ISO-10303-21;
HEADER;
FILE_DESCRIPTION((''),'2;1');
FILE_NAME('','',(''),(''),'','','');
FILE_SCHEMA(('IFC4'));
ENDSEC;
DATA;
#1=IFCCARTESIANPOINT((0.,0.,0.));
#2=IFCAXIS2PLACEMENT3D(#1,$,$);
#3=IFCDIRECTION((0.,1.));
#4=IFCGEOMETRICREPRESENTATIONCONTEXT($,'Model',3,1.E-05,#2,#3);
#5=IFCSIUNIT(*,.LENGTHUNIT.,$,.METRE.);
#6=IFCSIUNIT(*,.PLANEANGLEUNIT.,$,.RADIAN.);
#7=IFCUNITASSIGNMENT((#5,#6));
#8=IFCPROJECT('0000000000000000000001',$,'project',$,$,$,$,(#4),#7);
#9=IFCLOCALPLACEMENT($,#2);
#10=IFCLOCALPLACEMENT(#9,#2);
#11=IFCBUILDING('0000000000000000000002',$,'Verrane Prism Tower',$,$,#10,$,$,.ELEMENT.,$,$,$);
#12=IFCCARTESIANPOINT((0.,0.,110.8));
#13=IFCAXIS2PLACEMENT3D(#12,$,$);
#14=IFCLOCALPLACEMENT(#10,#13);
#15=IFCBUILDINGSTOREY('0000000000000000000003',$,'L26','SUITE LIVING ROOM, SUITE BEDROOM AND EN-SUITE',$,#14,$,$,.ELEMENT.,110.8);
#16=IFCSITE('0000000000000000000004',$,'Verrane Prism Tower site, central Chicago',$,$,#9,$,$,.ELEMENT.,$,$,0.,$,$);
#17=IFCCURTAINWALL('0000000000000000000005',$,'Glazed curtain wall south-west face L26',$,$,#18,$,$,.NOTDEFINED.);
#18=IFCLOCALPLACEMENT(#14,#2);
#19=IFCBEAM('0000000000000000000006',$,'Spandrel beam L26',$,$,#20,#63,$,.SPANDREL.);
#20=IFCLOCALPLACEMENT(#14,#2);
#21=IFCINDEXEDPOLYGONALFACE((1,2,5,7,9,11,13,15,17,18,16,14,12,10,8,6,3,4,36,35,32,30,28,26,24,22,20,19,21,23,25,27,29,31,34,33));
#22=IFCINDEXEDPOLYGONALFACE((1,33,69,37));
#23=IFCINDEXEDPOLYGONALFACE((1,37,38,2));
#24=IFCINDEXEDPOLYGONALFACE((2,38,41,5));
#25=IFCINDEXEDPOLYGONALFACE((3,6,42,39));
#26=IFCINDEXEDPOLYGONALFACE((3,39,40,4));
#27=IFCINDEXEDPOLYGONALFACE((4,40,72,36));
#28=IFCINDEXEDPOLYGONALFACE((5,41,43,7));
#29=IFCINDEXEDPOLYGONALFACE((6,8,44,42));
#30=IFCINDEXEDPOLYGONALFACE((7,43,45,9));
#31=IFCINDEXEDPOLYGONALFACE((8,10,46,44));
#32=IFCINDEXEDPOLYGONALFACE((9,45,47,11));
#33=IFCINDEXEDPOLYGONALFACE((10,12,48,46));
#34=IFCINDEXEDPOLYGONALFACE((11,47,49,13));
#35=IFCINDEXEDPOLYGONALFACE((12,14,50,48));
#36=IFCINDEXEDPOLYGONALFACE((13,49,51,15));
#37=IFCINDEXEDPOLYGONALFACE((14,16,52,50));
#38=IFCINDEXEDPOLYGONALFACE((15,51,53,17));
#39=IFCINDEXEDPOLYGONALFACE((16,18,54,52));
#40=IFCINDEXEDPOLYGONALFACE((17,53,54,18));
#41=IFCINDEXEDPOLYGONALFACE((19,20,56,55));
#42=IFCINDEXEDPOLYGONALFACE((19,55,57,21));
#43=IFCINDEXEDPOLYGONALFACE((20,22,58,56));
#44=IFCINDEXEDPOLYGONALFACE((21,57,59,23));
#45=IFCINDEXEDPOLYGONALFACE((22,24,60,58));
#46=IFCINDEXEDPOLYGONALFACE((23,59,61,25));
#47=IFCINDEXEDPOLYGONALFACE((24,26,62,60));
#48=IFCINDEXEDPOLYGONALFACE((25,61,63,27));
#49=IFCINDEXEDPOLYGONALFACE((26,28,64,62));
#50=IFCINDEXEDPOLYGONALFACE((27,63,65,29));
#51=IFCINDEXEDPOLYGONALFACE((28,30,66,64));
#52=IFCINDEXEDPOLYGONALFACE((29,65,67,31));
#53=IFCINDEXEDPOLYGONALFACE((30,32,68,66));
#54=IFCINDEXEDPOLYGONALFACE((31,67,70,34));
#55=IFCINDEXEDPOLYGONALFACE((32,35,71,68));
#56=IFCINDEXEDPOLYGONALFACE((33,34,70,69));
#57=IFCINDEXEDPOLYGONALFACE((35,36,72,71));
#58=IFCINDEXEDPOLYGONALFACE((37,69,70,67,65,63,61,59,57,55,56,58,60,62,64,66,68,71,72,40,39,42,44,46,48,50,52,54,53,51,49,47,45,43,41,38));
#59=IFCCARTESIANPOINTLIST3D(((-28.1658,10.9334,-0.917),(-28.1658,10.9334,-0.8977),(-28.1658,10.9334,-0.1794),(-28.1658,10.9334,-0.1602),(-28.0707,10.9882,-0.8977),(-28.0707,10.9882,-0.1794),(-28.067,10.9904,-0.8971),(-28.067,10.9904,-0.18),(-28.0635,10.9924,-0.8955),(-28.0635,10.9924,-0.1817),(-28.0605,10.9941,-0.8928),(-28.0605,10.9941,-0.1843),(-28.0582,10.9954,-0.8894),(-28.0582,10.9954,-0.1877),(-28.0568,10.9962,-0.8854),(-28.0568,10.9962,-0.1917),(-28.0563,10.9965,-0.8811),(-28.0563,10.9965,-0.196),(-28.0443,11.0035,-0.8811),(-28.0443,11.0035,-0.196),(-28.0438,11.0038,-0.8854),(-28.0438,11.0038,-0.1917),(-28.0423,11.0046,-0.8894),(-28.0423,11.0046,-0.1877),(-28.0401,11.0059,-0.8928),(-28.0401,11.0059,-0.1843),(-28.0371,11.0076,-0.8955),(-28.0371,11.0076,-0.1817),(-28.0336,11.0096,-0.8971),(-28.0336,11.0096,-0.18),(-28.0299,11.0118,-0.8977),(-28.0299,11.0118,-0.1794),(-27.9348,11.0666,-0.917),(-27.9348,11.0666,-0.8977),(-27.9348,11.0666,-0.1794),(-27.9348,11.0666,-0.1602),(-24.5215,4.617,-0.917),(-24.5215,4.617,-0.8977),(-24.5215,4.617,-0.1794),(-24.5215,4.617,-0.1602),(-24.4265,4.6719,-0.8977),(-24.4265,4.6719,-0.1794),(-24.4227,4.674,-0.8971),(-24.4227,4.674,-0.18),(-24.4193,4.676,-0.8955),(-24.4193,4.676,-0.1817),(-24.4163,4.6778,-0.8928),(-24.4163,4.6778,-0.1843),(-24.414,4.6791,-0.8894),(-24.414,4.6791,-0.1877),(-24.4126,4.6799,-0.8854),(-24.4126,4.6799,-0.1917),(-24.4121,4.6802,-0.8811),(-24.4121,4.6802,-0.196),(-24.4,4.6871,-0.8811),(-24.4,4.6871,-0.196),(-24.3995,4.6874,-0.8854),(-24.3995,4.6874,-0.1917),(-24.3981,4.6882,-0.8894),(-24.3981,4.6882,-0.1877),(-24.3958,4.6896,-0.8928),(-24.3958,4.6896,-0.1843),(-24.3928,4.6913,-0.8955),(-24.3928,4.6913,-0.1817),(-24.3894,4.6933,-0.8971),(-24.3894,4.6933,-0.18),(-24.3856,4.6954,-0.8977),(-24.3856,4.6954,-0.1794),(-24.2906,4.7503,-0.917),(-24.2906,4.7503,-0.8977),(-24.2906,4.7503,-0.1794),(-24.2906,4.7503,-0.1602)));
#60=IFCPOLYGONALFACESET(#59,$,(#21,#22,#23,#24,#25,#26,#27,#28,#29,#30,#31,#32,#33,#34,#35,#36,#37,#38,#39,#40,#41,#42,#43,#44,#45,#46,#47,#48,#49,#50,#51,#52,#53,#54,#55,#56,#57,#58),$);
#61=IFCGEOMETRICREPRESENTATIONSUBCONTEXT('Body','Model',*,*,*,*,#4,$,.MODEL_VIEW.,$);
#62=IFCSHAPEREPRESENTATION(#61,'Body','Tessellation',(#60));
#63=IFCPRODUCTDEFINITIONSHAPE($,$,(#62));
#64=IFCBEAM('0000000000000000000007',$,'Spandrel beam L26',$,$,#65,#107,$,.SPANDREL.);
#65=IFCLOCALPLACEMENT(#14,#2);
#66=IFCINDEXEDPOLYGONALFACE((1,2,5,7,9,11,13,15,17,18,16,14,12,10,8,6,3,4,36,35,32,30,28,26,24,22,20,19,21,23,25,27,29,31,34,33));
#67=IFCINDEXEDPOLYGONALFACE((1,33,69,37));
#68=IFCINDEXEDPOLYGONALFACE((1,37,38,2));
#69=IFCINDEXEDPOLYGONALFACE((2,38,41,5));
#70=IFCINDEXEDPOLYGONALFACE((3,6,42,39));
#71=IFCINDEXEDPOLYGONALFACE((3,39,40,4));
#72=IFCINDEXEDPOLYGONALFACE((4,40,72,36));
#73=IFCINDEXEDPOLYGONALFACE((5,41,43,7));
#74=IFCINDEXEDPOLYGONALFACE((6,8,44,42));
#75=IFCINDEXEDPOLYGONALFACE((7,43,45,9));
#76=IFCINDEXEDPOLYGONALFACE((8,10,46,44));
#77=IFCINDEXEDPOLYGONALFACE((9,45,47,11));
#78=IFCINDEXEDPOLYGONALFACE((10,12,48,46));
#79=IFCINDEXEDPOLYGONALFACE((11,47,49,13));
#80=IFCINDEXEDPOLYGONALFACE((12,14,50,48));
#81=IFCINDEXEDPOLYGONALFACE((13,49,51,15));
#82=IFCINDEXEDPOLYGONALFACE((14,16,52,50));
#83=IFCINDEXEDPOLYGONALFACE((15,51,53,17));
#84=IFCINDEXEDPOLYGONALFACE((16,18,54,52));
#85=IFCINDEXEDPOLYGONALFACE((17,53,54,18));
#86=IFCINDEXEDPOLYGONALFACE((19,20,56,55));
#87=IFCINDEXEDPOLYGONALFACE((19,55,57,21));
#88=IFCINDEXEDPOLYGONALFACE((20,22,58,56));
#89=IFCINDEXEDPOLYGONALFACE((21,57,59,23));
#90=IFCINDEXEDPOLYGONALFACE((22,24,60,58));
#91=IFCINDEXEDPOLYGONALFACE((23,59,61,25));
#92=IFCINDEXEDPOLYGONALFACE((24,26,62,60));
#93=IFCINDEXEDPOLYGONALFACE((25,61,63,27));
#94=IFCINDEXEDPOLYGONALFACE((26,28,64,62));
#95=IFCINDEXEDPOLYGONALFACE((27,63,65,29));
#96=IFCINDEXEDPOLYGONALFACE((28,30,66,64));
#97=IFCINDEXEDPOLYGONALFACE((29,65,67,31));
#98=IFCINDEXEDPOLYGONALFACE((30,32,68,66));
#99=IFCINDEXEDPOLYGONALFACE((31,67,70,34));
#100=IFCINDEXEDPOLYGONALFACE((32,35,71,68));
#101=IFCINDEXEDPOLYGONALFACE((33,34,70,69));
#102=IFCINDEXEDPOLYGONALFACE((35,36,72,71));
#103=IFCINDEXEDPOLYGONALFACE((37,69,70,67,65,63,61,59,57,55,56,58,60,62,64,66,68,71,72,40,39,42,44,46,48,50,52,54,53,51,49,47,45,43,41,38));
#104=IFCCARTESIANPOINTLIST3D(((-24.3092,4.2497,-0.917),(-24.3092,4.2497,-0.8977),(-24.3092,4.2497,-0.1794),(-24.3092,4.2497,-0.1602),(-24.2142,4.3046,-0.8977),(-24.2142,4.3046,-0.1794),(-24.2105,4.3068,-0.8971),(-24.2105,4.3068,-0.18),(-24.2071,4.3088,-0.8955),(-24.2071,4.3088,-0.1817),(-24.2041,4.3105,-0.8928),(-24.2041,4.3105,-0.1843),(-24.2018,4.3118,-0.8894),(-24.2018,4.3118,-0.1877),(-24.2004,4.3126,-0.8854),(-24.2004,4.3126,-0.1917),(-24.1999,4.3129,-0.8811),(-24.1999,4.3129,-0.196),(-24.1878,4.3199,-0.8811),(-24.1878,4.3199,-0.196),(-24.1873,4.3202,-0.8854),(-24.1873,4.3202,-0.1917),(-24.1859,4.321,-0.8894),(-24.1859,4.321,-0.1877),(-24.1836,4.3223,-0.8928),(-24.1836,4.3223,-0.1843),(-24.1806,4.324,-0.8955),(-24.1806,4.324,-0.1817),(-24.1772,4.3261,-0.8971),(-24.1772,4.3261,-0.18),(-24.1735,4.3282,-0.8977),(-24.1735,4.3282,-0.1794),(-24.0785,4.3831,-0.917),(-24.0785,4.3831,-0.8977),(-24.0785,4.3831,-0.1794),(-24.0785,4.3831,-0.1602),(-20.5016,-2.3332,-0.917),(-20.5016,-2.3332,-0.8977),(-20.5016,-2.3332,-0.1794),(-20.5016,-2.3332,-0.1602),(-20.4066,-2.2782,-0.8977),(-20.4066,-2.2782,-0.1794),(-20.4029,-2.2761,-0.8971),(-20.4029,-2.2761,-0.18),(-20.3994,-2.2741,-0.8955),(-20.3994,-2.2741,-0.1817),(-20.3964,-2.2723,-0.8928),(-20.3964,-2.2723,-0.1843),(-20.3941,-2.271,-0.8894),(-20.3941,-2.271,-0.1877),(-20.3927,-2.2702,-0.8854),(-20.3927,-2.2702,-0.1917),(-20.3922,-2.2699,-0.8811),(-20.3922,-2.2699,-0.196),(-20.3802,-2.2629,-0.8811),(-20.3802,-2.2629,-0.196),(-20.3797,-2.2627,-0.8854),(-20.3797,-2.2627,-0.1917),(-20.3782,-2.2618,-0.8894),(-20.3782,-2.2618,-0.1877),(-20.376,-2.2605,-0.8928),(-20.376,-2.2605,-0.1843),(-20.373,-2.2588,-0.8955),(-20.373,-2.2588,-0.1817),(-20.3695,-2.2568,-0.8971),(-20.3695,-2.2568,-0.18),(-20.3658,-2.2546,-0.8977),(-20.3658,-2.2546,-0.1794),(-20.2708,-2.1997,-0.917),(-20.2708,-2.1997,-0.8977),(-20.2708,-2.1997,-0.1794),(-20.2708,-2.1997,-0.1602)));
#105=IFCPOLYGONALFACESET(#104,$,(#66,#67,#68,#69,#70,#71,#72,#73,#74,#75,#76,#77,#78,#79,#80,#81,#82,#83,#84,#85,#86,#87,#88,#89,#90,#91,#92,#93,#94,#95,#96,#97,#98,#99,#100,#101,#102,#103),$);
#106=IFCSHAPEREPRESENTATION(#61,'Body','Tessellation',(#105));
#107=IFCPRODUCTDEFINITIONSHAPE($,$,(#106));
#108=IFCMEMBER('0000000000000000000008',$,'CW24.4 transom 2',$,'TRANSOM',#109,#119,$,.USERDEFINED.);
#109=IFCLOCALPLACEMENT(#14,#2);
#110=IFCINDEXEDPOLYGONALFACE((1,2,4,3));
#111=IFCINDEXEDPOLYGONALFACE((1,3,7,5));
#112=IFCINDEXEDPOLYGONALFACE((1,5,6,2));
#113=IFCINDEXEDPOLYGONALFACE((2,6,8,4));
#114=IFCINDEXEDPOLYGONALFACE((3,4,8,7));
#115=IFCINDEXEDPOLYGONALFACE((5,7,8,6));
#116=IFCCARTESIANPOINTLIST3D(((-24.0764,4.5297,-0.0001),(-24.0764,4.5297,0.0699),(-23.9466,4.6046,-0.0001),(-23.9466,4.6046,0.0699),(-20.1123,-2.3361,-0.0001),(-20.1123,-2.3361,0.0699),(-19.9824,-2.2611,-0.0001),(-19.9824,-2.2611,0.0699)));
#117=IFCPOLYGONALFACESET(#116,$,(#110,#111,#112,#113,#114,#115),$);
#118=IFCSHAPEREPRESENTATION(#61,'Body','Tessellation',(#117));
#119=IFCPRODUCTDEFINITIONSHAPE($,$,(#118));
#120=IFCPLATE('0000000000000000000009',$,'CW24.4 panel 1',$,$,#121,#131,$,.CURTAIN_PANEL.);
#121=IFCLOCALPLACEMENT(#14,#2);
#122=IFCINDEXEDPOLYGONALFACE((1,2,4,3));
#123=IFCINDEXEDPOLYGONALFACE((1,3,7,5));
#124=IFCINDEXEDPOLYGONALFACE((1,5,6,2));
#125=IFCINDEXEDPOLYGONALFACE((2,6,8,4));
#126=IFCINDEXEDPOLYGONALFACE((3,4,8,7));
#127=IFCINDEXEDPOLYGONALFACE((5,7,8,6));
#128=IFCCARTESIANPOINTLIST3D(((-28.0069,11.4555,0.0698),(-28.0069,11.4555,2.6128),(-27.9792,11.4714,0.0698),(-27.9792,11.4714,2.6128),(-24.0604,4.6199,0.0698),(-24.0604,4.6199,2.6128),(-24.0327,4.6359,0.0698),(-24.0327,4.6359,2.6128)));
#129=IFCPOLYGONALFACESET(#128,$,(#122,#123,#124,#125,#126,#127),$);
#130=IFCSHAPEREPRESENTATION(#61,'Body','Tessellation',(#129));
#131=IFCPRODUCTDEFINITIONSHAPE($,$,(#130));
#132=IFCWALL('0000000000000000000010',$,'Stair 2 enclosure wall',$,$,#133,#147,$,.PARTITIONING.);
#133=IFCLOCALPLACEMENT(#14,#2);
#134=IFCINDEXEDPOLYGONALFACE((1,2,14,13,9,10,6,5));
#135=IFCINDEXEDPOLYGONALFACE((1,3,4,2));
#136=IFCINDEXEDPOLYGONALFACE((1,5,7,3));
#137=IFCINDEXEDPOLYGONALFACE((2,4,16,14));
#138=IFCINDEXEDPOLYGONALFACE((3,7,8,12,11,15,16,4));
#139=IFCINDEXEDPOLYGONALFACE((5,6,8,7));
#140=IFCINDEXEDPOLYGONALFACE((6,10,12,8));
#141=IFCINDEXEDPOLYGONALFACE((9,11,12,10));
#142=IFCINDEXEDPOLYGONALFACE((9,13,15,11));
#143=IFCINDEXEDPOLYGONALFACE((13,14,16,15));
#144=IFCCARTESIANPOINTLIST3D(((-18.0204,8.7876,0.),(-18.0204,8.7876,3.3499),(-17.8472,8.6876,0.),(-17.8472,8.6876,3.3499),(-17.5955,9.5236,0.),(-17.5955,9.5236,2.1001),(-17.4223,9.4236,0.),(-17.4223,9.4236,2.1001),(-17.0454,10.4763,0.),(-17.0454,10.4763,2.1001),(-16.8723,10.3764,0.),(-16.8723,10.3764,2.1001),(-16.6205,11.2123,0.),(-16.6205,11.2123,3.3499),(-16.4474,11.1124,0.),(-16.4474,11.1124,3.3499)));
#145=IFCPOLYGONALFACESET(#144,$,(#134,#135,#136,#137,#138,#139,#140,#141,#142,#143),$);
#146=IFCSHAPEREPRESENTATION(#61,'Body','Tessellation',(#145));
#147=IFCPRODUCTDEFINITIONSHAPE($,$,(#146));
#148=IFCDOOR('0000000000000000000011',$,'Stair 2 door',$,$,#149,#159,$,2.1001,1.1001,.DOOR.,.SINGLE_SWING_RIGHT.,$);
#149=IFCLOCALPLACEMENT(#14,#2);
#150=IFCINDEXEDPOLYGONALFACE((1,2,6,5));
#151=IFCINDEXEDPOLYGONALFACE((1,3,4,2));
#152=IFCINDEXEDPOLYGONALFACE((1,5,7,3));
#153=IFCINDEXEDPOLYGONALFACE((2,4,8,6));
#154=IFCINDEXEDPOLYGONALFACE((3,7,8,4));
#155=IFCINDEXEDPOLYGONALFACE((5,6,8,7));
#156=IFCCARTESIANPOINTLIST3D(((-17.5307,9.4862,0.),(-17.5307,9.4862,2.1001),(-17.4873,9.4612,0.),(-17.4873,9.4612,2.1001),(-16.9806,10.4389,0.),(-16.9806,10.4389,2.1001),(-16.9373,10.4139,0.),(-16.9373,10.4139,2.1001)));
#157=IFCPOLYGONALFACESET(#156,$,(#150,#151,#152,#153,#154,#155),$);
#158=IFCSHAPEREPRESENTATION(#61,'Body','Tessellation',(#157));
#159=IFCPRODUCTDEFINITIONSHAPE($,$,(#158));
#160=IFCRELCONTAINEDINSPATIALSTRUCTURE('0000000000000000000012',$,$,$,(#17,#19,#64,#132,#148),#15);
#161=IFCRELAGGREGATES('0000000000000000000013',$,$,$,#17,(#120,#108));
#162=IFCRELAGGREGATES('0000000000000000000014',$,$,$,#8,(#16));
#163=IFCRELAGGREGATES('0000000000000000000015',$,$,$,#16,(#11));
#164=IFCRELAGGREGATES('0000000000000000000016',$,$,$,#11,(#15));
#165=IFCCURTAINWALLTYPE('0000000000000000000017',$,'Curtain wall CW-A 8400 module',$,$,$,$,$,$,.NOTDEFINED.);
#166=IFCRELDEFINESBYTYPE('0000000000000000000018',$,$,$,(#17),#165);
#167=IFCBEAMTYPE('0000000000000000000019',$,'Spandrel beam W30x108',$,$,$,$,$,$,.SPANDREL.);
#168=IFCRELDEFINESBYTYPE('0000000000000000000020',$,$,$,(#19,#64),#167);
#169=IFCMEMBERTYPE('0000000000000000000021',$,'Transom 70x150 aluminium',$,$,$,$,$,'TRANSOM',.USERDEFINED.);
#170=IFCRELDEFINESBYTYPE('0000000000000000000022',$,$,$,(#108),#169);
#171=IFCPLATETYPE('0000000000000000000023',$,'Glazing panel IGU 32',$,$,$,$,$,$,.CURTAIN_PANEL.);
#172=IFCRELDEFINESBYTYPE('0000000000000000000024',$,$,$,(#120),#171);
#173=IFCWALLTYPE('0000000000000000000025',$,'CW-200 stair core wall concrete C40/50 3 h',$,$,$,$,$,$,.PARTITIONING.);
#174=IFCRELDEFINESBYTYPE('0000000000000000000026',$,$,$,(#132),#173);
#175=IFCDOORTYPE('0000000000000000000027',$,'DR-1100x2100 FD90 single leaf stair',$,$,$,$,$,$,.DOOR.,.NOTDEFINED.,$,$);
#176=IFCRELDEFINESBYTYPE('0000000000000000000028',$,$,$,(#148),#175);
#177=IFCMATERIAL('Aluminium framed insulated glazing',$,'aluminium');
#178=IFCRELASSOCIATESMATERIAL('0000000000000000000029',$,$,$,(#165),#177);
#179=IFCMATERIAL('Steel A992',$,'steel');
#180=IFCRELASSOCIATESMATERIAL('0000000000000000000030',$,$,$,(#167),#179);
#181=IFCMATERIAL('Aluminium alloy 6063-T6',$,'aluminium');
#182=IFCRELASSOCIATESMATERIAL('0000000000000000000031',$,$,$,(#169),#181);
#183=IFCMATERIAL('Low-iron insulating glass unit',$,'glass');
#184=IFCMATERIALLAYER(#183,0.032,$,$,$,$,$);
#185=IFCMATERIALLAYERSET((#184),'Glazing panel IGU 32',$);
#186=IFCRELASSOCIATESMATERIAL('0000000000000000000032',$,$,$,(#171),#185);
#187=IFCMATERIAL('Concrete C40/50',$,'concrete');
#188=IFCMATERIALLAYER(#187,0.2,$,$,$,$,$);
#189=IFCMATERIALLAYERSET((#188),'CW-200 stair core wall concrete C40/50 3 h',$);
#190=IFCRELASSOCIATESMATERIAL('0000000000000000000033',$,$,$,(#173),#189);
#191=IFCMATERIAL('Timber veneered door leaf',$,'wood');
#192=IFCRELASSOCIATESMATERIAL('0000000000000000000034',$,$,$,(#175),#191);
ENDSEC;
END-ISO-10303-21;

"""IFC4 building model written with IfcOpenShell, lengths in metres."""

from ifc_helpers import new_model, si_unit, direction, frame, frame_2d, origin, origin_2d, place, context, subcontext, project, spatial, rectangle, i_section, extrude, material, layer, layer_set, material_profile, profile_set, type_object, element, fill, aggregate, save


model = new_model("IFC4")

# Units and contexts
model_context = context("Model", 3, precision=1e-05, world=origin(), true_north=direction((0.0, 1.0)))
body_context = subcontext(model_context, "Body", "Model", "MODEL_VIEW")
ifc_project = project(units=[si_unit("LENGTHUNIT", "METRE"), si_unit("PLANEANGLEUNIT", "RADIAN")], contexts=[model_context])

# Site, building, storey
site_placement = place(None, origin())
site = spatial("IfcSite", under=ifc_project, at=site_placement, Name="Verrane Prism Tower site, central Chicago", CompositionType="ELEMENT", RefElevation=0.0)
building_placement = place(site_placement, origin())
building = spatial("IfcBuilding", under=site, at=building_placement, Name="Verrane Prism Tower", CompositionType="ELEMENT")
storey_placement = place(building_placement, frame((0.0, 0.0, 110.8)))
storey = spatial("IfcBuildingStorey", under=building, at=storey_placement, Name="L26", Description="SUITE LIVING ROOM, SUITE BEDROOM AND EN-SUITE", CompositionType="ELEMENT", Elevation=110.8)

# Curtain wall
ifc_material_1 = material(Name="Aluminium framed insulated glazing", Category="aluminium")
curtain_wall_type = type_object("IfcCurtainWallType", Name="Curtain wall CW-A 8400 module", PredefinedType="NOTDEFINED", material=ifc_material_1)
curtain_wall_placement = place(storey_placement, origin())
curtain_wall = element("IfcCurtainWall", 1, at=curtain_wall_placement, inside=storey, type_object=curtain_wall_type, Name="Glazed curtain wall south-west face L26", PredefinedType="NOTDEFINED")

# Beams
ifc_material_2 = material(Name="Steel A992", Category="steel")
ifc_material_profile_1 = material_profile(ifc_material_2, i_section(OverallWidth=0.2666, OverallDepth=0.7568, WebThickness=0.0139, FlangeThickness=0.0193, FilletRadius=0.0166, at=origin_2d()), Name="W30x108")
ifc_profile_set_1 = profile_set([ifc_material_profile_1], Name="Steel A992")
beam_type_1 = type_object("IfcBeamType", Name="Spandrel beam W30x108", PredefinedType="SPANDREL", material=ifc_profile_set_1)
beam_1_placement = place(storey_placement, frame((-28.0503, 11.0, -0.5386), z_axis=(0.499744, -0.866173, 0.0), x_axis=(0.866173, 0.499744, 0.0)))
element("IfcBeam", 2, at=beam_1_placement, inside=storey, type_object=beam_type_1, Name="Spandrel beam L26", PredefinedType="SPANDREL", context=body_context, shape_type="SweptSolid", body=[
    extrude(i_section(OverallWidth=0.2666, OverallDepth=0.7568, WebThickness=0.0139, FlangeThickness=0.0193, FilletRadius=0.0166, at=origin_2d()), origin(), (0.0, 0.0, 1.0), 7.2922),
])
beam_2_placement = place(storey_placement, frame((-24.1938, 4.3164, -0.5386), z_axis=(0.500696, -0.865623, 0.0), x_axis=(0.865623, 0.500696, 0.0)))
element("IfcBeam", 3, at=beam_2_placement, inside=storey, type_object=beam_type_1, Name="Spandrel beam L26", PredefinedType="SPANDREL", context=body_context, shape_type="SweptSolid", body=[
    extrude(i_section(OverallWidth=0.2666, OverallDepth=0.7568, WebThickness=0.0139, FlangeThickness=0.0193, FilletRadius=0.0166, at=origin_2d()), origin(), (0.0, 0.0, 1.0), 7.6047),
])

# Member
ifc_material_3 = material(Name="Aluminium alloy 6063-T6", Category="aluminium")
ifc_material_profile_2 = material_profile(ifc_material_3, rectangle(XDim=0.1499, YDim=0.0701, at=origin_2d()), Name="Transom 70x150 aluminium")
ifc_profile_set_2 = profile_set([ifc_material_profile_2], Name="Aluminium alloy 6063-T6")
member_type_1 = type_object("IfcMemberType", Name="Transom 70x150 aluminium", ElementType="TRANSOM", PredefinedType="USERDEFINED", material=ifc_profile_set_2)
member_1_placement = place(storey_placement, frame((-24.0115, 4.5671, 0.0349), z_axis=(0.500017, -0.866015, 0.0), x_axis=(0.866015, 0.500017, 0.0)))
member_1 = element("IfcMember", 4, at=member_1_placement, type_object=member_type_1, Name="CW24.4 transom 2", ObjectType="TRANSOM", PredefinedType="USERDEFINED", context=body_context, shape_type="SweptSolid", body=[
    extrude(rectangle(XDim=0.1499, YDim=0.0701, at=origin_2d()), origin(), (0.0, 0.0, 1.0), 7.928),
])

# Plate
ifc_material_4 = material(Name="Low-iron insulating glass unit", Category="glass")
ifc_layer_1 = layer(ifc_material_4, 0.032)
ifc_layer_set_1 = layer_set([ifc_layer_1], Name="Glazing panel IGU 32")
plate_type = type_object("IfcPlateType", Name="Glazing panel IGU 32", PredefinedType="CURTAIN_PANEL", material=ifc_layer_set_1)
plate_placement = place(storey_placement, frame((-26.0198, 8.0457, 0.0698), z_axis=(0.0, 0.0, 1.0), x_axis=(0.5, -0.866025, 0.0)))
plate = element("IfcPlate", 5, at=plate_placement, type_object=plate_type, Name="CW24.4 panel 1", PredefinedType="CURTAIN_PANEL", context=body_context, shape_type="SweptSolid", body=[
    extrude(rectangle(XDim=7.8931, YDim=0.032, at=origin_2d()), origin(), (0.0, 0.0, 1.0), 2.543),
])
aggregate(curtain_wall, [plate, member_1])

# Wall, opening, door
ifc_material_5 = material(Name="Concrete C40/50", Category="concrete")
ifc_layer_2 = layer(ifc_material_5, 0.2)
ifc_layer_set_2 = layer_set([ifc_layer_2], Name="CW-200 stair core wall concrete C40/50 3 h")
wall_type_1 = type_object("IfcWallType", Name="CW-200 stair core wall concrete C40/50 3 h", PredefinedType="PARTITIONING", material=ifc_layer_set_2)
wall_1_placement = place(storey_placement, frame((-16.5339, 11.1624, 0.0), z_axis=(0.0, 0.0, 1.0), x_axis=(-0.499984, -0.866035, 0.0)))
wall_1 = element("IfcWall", 6, at=wall_1_placement, inside=storey, type_object=wall_type_1, Name="Stair 2 enclosure wall", PredefinedType="PARTITIONING", context=body_context, shape_type="SweptSolid", body=[
    extrude(rectangle(XDim=2.7998, YDim=0.2, at=frame_2d((1.3999, 0.0))), origin(), (0.0, 0.0, 1.0), 3.3499),
])
opening_1_placement = place(wall_1_placement, frame((0.8499, 0.0, 0.0)))
opening_1 = element("IfcOpeningElement", 7, at=opening_1_placement, cuts=wall_1, PredefinedType="OPENING", context=body_context, shape_type="SweptSolid", body=[
    extrude(rectangle(XDim=1.1001, YDim=2.1001, at=frame_2d((0.55, 1.05))), frame((0.0, 0.1099, 0.0), z_axis=(0.0, -1.0, 0.0), x_axis=(1.0, 0.0, 0.0)), (0.0, 0.0, 1.0), 0.22),
])
ifc_material_6 = material(Name="Timber veneered door leaf", Category="wood")
door_type_1 = type_object("IfcDoorType", Name="DR-1100x2100 FD90 single leaf stair", OperationType="NOTDEFINED", PredefinedType="DOOR", material=ifc_material_6)
door_1_placement = place(opening_1_placement, origin())
door_1 = element("IfcDoor", 8, at=door_1_placement, inside=storey, type_object=door_type_1, Name="Stair 2 door", OperationType="SINGLE_SWING_RIGHT", OverallHeight=2.1001, OverallWidth=1.1001, PredefinedType="DOOR", context=body_context, shape_type="SweptSolid", body=[
    extrude(rectangle(XDim=1.1001, YDim=2.1001, at=frame_2d((0.55, 1.05))), frame((0.0, 0.0249, 0.0), z_axis=(0.0, -1.0, 0.0), x_axis=(1.0, 0.0, 0.0)), (0.0, 0.0, 1.0), 0.05),
])
fill(opening_1, door_1)

save(model, "model.ifc")
